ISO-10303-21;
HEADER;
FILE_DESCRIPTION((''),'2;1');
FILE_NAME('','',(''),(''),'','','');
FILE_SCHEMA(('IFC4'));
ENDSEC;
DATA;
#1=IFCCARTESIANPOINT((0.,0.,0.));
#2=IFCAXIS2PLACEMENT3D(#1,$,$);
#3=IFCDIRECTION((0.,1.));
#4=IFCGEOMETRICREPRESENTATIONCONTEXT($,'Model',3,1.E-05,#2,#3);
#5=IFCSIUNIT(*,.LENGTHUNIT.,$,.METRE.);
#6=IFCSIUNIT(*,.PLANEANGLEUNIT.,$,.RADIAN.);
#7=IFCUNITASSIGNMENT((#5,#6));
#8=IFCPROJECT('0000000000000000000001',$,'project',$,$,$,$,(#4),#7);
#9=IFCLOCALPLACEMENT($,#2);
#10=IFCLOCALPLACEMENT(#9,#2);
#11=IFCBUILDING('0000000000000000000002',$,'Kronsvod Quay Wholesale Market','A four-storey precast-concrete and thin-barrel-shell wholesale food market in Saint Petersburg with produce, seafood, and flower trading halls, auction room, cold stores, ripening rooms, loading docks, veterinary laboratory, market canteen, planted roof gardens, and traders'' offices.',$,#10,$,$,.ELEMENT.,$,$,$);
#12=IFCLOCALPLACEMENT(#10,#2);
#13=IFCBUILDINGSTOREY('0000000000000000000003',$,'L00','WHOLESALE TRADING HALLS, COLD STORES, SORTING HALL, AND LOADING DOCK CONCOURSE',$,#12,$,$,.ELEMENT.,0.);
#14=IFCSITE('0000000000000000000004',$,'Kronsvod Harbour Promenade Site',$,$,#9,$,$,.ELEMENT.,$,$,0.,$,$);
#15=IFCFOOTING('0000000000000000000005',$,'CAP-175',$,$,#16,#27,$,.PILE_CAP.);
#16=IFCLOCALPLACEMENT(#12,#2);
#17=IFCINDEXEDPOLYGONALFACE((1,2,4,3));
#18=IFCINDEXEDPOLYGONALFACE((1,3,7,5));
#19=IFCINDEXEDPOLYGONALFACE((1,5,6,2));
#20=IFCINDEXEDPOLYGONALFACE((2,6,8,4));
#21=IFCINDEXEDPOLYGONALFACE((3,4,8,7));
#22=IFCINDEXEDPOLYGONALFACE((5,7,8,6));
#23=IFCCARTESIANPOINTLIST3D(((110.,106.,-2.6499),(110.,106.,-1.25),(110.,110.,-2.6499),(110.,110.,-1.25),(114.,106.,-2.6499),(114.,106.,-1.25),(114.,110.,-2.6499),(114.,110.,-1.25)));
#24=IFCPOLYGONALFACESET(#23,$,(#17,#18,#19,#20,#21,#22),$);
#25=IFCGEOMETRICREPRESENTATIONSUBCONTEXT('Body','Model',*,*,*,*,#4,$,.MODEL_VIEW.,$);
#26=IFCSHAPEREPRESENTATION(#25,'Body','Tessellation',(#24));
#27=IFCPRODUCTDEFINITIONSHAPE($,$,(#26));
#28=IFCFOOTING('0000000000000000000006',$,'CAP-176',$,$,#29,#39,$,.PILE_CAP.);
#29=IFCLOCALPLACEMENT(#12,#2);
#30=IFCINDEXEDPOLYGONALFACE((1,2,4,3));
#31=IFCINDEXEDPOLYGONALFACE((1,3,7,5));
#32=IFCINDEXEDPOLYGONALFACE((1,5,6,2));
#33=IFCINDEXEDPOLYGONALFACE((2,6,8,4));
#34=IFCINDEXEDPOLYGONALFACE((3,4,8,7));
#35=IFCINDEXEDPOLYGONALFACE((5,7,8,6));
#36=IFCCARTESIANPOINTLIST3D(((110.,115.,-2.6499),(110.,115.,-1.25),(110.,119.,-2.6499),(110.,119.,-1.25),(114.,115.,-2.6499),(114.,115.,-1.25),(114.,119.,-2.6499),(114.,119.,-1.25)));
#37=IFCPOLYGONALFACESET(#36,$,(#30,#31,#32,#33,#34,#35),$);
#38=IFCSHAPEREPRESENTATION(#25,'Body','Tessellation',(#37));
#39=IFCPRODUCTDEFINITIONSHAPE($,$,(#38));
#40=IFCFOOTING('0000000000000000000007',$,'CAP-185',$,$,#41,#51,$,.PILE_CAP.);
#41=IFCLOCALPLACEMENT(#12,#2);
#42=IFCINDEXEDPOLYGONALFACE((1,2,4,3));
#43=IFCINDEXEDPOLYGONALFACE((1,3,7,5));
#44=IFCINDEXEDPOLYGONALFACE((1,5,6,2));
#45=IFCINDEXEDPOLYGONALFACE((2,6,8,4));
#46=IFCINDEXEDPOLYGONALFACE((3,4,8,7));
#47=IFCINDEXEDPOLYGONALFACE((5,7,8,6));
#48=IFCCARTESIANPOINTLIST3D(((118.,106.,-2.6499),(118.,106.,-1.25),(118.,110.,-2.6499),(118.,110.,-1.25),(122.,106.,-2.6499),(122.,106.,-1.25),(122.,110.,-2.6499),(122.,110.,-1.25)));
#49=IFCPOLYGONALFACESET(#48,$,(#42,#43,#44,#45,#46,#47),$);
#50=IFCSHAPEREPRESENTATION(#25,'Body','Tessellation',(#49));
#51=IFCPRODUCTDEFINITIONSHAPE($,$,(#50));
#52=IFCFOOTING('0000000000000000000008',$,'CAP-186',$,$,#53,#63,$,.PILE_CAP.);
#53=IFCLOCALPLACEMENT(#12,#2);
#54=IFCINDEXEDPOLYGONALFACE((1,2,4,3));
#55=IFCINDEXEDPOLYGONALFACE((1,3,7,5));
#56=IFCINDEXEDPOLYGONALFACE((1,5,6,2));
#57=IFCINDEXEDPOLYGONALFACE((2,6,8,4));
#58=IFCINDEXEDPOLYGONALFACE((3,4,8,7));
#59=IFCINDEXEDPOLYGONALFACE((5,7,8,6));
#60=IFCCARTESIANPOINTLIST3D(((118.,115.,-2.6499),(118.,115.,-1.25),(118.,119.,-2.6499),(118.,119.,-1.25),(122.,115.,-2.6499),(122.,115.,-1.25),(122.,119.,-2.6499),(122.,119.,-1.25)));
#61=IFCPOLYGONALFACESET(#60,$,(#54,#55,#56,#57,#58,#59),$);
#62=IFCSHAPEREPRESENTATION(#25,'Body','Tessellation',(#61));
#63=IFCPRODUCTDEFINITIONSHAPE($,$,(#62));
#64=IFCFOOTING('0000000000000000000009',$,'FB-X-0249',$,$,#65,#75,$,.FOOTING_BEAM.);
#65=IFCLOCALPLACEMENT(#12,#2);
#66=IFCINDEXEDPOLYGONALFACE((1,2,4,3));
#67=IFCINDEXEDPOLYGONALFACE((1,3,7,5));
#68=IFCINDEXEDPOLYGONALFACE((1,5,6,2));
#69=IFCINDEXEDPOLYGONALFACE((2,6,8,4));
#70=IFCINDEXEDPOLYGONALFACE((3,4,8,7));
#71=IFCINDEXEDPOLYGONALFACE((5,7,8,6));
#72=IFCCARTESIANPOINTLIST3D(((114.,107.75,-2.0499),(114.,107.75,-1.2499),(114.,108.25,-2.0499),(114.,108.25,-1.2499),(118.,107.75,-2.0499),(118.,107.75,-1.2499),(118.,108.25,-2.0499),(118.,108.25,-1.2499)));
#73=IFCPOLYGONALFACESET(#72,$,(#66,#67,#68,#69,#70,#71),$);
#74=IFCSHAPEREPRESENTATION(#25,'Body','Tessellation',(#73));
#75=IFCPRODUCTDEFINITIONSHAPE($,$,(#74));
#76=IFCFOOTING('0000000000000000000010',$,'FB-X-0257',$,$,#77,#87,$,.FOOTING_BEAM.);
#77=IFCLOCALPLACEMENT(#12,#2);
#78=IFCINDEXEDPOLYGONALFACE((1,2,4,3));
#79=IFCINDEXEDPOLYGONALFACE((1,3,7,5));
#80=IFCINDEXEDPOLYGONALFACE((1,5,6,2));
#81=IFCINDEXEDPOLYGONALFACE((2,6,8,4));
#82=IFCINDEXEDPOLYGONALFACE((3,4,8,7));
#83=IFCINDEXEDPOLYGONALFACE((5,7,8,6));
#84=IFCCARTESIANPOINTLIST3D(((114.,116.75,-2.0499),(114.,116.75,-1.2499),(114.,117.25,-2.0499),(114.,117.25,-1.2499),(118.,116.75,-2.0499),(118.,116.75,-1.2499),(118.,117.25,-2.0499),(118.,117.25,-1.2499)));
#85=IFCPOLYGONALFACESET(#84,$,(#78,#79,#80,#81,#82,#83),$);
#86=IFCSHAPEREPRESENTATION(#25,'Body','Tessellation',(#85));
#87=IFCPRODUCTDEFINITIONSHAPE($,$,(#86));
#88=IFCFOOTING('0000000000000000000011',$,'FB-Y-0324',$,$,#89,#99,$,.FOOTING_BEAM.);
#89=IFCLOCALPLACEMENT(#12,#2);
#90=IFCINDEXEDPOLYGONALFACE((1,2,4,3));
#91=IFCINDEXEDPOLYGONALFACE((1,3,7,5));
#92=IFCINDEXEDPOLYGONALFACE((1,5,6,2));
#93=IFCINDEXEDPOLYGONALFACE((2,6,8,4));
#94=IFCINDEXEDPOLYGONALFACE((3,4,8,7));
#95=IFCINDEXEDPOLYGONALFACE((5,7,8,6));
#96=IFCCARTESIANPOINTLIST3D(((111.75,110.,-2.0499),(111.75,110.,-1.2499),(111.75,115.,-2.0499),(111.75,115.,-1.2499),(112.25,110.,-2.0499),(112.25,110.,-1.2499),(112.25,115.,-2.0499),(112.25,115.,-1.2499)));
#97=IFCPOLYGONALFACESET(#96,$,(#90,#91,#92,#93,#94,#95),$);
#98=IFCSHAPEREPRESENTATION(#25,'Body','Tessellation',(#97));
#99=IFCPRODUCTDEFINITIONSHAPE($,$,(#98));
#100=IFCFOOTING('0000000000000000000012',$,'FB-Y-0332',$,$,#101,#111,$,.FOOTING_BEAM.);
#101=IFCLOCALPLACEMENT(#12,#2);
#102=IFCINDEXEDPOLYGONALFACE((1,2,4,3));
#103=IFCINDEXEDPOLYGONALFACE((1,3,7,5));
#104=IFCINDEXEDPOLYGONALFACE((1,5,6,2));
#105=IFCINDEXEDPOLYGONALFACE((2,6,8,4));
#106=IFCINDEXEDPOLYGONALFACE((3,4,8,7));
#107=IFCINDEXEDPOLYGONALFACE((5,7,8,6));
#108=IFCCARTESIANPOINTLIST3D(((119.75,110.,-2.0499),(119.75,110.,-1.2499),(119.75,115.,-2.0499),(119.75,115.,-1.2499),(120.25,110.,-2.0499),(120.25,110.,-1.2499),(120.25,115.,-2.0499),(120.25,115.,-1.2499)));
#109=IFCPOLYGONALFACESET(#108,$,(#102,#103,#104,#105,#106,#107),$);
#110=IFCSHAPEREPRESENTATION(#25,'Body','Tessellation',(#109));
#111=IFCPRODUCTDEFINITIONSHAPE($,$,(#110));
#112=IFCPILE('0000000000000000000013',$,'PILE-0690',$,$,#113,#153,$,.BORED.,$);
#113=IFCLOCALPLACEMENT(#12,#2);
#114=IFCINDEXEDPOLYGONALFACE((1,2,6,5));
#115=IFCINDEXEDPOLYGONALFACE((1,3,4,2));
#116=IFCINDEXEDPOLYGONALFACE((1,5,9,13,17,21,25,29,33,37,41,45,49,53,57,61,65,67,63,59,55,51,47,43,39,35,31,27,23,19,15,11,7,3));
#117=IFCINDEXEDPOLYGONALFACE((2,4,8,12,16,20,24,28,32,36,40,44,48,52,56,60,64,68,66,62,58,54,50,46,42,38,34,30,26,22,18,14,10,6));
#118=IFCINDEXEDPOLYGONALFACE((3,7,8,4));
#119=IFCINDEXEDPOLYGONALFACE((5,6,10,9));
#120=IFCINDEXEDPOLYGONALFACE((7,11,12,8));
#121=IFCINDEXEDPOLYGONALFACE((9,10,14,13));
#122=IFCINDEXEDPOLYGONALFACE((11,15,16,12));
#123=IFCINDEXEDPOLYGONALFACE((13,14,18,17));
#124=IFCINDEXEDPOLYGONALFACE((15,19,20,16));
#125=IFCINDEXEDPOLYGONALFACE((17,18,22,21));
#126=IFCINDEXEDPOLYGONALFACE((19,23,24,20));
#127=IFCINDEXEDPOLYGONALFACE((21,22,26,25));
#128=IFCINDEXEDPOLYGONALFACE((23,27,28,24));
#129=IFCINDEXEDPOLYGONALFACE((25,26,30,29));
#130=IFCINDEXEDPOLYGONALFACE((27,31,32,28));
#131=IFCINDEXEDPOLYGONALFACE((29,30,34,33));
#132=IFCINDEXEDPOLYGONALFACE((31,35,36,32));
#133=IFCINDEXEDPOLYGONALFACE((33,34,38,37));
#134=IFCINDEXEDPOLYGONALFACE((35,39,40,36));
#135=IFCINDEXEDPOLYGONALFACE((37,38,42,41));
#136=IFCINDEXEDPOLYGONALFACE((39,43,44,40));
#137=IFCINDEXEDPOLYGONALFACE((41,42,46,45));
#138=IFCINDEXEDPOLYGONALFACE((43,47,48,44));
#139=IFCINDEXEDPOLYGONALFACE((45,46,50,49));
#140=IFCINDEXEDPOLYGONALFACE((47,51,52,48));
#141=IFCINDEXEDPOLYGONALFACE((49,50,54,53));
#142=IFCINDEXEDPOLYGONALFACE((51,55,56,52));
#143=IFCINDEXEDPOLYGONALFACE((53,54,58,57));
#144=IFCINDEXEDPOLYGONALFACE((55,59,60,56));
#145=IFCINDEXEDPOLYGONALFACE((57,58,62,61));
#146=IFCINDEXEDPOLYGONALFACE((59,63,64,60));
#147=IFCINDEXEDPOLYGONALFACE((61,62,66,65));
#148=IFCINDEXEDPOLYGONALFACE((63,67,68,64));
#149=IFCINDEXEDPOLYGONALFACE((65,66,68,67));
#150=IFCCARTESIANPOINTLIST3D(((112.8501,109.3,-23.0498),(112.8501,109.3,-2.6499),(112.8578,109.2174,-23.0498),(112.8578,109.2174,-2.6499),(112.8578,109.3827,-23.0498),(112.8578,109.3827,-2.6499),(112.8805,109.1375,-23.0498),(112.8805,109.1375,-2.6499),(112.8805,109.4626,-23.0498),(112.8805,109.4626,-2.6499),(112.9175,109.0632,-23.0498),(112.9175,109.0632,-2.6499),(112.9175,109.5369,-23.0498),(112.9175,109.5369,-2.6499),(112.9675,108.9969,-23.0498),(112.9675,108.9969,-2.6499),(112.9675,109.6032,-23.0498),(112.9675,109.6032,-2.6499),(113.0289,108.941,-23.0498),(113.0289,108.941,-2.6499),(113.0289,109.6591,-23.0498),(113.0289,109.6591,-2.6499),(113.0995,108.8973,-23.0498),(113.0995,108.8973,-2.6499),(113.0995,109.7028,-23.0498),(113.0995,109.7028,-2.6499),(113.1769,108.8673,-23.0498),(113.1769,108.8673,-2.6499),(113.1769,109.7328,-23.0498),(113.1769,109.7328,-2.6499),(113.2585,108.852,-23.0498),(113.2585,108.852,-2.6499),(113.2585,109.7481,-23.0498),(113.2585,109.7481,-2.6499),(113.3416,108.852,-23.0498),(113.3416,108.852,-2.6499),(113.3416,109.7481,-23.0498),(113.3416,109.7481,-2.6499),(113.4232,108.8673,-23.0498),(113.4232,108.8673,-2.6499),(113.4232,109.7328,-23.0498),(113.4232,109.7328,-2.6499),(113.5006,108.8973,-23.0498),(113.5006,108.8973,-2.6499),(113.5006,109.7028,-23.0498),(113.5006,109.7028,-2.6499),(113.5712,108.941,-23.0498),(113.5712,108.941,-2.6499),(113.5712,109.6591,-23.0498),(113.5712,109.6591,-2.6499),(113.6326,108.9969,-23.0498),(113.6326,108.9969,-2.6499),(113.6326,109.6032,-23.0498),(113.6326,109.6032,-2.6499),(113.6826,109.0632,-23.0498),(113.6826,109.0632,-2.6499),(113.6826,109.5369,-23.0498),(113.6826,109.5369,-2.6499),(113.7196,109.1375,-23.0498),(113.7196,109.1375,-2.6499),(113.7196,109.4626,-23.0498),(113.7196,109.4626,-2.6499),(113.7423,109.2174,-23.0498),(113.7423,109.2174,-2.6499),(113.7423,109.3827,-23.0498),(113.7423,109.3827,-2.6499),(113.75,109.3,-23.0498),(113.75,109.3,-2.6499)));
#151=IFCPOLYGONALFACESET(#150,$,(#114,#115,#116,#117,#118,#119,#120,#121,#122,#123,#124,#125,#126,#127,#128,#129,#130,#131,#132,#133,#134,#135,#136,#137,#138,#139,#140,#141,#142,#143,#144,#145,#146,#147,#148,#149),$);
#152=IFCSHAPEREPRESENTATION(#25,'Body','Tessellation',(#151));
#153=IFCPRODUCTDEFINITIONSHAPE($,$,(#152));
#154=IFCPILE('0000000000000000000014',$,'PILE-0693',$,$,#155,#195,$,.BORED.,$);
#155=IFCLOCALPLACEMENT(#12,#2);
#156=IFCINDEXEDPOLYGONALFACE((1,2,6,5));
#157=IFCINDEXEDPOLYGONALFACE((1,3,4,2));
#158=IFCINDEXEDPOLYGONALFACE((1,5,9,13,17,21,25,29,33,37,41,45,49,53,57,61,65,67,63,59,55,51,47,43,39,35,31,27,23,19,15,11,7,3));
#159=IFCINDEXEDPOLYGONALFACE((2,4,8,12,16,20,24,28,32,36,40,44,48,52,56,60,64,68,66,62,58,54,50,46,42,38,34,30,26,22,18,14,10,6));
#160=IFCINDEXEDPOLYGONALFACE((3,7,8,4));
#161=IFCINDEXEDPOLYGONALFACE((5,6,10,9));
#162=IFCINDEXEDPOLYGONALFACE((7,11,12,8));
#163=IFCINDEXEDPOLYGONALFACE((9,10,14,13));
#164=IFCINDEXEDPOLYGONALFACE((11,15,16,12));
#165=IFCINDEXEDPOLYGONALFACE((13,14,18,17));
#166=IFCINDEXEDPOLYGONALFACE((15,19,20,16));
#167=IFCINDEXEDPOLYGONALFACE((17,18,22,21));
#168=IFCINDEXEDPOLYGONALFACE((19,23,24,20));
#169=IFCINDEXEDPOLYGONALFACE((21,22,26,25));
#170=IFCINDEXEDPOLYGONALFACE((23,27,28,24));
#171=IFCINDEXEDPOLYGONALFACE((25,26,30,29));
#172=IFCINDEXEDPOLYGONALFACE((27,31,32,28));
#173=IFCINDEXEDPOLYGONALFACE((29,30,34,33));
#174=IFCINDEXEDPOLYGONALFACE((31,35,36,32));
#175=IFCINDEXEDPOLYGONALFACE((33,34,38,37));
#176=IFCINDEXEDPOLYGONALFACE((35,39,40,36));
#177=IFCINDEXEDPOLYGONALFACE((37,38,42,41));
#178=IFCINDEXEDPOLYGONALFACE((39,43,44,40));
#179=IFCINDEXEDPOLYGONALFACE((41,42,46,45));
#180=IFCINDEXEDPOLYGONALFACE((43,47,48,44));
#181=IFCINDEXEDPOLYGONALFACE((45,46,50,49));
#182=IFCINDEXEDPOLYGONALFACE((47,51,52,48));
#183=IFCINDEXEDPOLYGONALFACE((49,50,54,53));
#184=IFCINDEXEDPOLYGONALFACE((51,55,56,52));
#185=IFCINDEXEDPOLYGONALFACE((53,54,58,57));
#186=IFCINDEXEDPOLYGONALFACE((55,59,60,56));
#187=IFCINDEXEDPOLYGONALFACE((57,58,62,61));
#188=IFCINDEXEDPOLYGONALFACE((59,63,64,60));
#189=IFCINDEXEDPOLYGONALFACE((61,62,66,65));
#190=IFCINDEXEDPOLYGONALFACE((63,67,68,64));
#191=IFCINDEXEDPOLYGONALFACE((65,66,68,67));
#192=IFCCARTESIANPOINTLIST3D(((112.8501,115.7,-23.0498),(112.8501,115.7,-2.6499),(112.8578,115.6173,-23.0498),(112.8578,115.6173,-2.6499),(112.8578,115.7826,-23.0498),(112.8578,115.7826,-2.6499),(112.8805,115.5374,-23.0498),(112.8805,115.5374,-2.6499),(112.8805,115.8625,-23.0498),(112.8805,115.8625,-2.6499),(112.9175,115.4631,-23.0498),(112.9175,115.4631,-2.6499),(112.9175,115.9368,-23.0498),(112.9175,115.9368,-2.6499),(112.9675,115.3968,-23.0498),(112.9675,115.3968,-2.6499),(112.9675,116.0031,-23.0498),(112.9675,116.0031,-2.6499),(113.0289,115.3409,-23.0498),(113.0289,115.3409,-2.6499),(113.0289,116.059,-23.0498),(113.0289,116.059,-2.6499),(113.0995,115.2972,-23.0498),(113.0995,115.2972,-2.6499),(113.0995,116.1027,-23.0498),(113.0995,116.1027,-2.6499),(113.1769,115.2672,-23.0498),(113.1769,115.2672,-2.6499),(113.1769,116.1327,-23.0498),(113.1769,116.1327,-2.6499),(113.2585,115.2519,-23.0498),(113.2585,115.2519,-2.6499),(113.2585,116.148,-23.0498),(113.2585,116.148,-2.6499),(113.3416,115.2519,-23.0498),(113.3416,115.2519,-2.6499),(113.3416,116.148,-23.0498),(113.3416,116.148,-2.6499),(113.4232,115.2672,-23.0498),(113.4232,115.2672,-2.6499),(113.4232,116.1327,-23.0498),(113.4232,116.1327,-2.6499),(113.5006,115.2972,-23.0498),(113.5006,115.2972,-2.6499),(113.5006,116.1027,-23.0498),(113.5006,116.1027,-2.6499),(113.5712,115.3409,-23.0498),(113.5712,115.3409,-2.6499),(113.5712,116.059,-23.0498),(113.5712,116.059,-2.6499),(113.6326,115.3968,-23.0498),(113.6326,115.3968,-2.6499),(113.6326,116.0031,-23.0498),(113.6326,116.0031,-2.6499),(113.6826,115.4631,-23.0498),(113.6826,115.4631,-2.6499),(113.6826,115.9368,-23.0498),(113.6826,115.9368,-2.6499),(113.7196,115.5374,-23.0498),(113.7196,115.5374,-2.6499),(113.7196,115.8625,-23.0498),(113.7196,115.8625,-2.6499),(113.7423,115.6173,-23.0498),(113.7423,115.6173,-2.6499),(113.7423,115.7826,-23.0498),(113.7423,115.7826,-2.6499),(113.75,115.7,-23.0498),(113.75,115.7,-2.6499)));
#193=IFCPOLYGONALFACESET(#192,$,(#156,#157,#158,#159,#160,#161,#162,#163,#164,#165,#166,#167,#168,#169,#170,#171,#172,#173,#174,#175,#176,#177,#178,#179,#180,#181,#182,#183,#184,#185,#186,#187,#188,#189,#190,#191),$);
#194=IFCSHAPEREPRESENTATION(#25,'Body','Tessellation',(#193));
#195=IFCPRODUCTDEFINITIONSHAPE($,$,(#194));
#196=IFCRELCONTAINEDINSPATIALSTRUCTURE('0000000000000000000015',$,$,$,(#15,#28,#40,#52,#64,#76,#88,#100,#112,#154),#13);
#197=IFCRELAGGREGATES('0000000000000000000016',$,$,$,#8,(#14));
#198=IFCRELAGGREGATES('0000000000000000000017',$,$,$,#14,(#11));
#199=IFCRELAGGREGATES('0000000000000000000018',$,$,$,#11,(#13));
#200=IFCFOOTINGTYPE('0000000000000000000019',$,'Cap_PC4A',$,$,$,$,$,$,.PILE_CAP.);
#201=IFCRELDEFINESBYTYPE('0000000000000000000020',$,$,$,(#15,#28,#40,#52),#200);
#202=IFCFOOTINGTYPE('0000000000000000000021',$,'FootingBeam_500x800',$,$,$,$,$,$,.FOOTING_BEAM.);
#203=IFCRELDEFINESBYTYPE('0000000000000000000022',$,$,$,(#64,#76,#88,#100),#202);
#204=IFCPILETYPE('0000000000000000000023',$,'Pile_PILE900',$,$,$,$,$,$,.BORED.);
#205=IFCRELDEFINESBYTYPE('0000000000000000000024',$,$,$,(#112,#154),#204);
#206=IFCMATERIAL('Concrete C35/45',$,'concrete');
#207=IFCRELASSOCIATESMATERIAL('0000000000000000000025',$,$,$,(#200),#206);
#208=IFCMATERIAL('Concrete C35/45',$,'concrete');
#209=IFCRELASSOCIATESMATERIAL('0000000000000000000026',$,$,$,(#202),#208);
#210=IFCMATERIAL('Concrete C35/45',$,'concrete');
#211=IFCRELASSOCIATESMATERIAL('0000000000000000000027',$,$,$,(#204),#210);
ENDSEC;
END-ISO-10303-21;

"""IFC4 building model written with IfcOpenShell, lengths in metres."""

from ifc_helpers import new_model, si_unit, direction, frame, origin, origin_2d, place, context, subcontext, project, spatial, rectangle, circle, extrude, material, material_profile, profile_set, type_object, element, save


model = new_model("IFC4")

# Units and contexts
model_context = context("Model", 3, precision=1e-05, world=origin(), true_north=direction((0.0, 1.0)))
body_context = subcontext(model_context, "Body", "Model", "MODEL_VIEW")
ifc_project = project(units=[si_unit("LENGTHUNIT", "METRE"), si_unit("PLANEANGLEUNIT", "RADIAN")], contexts=[model_context])

# Site, building, storey
site_placement = place(None, origin())
site = spatial("IfcSite", under=ifc_project, at=site_placement, Name="Kronsvod Harbour Promenade Site", CompositionType="ELEMENT", RefElevation=0.0)
building_placement = place(site_placement, origin())
building = spatial("IfcBuilding", under=site, at=building_placement, Name="Kronsvod Quay Wholesale Market", Description="A four-storey precast-concrete and thin-barrel-shell wholesale food market in Saint Petersburg with produce, seafood, and flower trading halls, auction room, cold stores, ripening rooms, loading docks, veterinary laboratory, market canteen, planted roof gardens, and traders' offices.", CompositionType="ELEMENT")
storey_placement = place(building_placement, origin())
storey = spatial("IfcBuildingStorey", under=building, at=storey_placement, Name="L00", Description="WHOLESALE TRADING HALLS, COLD STORES, SORTING HALL, AND LOADING DOCK CONCOURSE", CompositionType="ELEMENT", Elevation=0.0)

# Footings
ifc_material_1 = material(Name="Concrete C35/45", Category="concrete")
footing_type_1 = type_object("IfcFootingType", Name="Cap_PC4A", PredefinedType="PILE_CAP", material=ifc_material_1)
for number, where, z_axis, x_axis, name in (
    (1, (112.0, 108.0, -2.6499), (0.0, 0.0, 1.0), (1.0, 0.0, 0.0), "CAP-175"),
    (2, (112.0, 117.0, -2.6499), (0.0, 0.0, 1.0), (1.0, 0.0, 0.0), "CAP-176"),
    (3, (120.0, 108.0, -2.6499), (0.0, 0.0, 1.0), (1.0, 0.0, 0.0), "CAP-185"),
    (4, (120.0, 117.0, -2.6499), (0.0, 0.0, 1.0), (1.0, 0.0, 0.0), "CAP-186"),
):
    element("IfcFooting", number, at=place(storey_placement, frame(where, z_axis=z_axis, x_axis=x_axis)), inside=storey, type_object=footing_type_1, Name=name, PredefinedType="PILE_CAP", context=body_context, shape_type="SweptSolid", body=[
        extrude(rectangle(XDim=4.0, YDim=4.0, at=origin_2d()), origin(), (0.0, 0.0, 1.0), 1.3999),
    ])
ifc_material_2 = material(Name="Concrete C35/45", Category="concrete")
ifc_material_profile_1 = material_profile(ifc_material_2, rectangle(XDim=0.5, YDim=0.8, at=origin_2d()), Name="FB-01")
ifc_profile_set_1 = profile_set([ifc_material_profile_1], Name="Concrete C35/45")
footing_type_2 = type_object("IfcFootingType", Name="FootingBeam_500x800", PredefinedType="FOOTING_BEAM", material=ifc_profile_set_1)
for number, where, z_axis, x_axis, name in (
    (5, (114.0, 108.0, -1.6499), (1.0, 0.0, 0.0), (0.0, 1.0, 0.0), "FB-X-0249"),
    (6, (114.0, 117.0, -1.6499), (1.0, 0.0, 0.0), (0.0, 1.0, 0.0), "FB-X-0257"),
):
    element("IfcFooting", number, at=place(storey_placement, frame(where, z_axis=z_axis, x_axis=x_axis)), inside=storey, type_object=footing_type_2, Name=name, PredefinedType="FOOTING_BEAM", context=body_context, shape_type="SweptSolid", body=[
        extrude(rectangle(XDim=0.5, YDim=0.8, at=origin_2d()), origin(), (0.0, 0.0, 1.0), 4.0),
    ])
for number, where, z_axis, x_axis, name in (
    (7, (112.0, 110.0, -1.6499), (0.0, 1.0, 0.0), (-1.0, 0.0, 0.0), "FB-Y-0324"),
    (8, (120.0, 110.0, -1.6499), (0.0, 1.0, 0.0), (-1.0, 0.0, 0.0), "FB-Y-0332"),
):
    element("IfcFooting", number, at=place(storey_placement, frame(where, z_axis=z_axis, x_axis=x_axis)), inside=storey, type_object=footing_type_2, Name=name, PredefinedType="FOOTING_BEAM", context=body_context, shape_type="SweptSolid", body=[
        extrude(rectangle(XDim=0.5, YDim=0.8, at=origin_2d()), origin(), (0.0, 0.0, 1.0), 5.0),
    ])

# Piles
ifc_material_3 = material(Name="Concrete C35/45", Category="concrete")
ifc_material_profile_2 = material_profile(ifc_material_3, circle(Radius=0.45, at=origin_2d()), Name="PILE900")
ifc_profile_set_2 = profile_set([ifc_material_profile_2], Name="Concrete C35/45")
pile_type = type_object("IfcPileType", Name="Pile_PILE900", PredefinedType="BORED", material=ifc_profile_set_2)
for number, where, z_axis, x_axis, name in (
    (9, (113.3, 109.3, -2.6499), (0.0, 0.0, -1.0), (1.0, 0.0, 0.0), "PILE-0690"),
    (10, (113.3, 115.7, -2.6499), (0.0, 0.0, -1.0), (1.0, 0.0, 0.0), "PILE-0693"),
):
    element("IfcPile", number, at=place(storey_placement, frame(where, z_axis=z_axis, x_axis=x_axis)), inside=storey, type_object=pile_type, Name=name, PredefinedType="BORED", context=body_context, shape_type="SweptSolid", body=[
        extrude(circle(Radius=0.45, at=origin_2d()), origin(), (0.0, 0.0, 1.0), 20.3999),
    ])

save(model, "model.ifc")
